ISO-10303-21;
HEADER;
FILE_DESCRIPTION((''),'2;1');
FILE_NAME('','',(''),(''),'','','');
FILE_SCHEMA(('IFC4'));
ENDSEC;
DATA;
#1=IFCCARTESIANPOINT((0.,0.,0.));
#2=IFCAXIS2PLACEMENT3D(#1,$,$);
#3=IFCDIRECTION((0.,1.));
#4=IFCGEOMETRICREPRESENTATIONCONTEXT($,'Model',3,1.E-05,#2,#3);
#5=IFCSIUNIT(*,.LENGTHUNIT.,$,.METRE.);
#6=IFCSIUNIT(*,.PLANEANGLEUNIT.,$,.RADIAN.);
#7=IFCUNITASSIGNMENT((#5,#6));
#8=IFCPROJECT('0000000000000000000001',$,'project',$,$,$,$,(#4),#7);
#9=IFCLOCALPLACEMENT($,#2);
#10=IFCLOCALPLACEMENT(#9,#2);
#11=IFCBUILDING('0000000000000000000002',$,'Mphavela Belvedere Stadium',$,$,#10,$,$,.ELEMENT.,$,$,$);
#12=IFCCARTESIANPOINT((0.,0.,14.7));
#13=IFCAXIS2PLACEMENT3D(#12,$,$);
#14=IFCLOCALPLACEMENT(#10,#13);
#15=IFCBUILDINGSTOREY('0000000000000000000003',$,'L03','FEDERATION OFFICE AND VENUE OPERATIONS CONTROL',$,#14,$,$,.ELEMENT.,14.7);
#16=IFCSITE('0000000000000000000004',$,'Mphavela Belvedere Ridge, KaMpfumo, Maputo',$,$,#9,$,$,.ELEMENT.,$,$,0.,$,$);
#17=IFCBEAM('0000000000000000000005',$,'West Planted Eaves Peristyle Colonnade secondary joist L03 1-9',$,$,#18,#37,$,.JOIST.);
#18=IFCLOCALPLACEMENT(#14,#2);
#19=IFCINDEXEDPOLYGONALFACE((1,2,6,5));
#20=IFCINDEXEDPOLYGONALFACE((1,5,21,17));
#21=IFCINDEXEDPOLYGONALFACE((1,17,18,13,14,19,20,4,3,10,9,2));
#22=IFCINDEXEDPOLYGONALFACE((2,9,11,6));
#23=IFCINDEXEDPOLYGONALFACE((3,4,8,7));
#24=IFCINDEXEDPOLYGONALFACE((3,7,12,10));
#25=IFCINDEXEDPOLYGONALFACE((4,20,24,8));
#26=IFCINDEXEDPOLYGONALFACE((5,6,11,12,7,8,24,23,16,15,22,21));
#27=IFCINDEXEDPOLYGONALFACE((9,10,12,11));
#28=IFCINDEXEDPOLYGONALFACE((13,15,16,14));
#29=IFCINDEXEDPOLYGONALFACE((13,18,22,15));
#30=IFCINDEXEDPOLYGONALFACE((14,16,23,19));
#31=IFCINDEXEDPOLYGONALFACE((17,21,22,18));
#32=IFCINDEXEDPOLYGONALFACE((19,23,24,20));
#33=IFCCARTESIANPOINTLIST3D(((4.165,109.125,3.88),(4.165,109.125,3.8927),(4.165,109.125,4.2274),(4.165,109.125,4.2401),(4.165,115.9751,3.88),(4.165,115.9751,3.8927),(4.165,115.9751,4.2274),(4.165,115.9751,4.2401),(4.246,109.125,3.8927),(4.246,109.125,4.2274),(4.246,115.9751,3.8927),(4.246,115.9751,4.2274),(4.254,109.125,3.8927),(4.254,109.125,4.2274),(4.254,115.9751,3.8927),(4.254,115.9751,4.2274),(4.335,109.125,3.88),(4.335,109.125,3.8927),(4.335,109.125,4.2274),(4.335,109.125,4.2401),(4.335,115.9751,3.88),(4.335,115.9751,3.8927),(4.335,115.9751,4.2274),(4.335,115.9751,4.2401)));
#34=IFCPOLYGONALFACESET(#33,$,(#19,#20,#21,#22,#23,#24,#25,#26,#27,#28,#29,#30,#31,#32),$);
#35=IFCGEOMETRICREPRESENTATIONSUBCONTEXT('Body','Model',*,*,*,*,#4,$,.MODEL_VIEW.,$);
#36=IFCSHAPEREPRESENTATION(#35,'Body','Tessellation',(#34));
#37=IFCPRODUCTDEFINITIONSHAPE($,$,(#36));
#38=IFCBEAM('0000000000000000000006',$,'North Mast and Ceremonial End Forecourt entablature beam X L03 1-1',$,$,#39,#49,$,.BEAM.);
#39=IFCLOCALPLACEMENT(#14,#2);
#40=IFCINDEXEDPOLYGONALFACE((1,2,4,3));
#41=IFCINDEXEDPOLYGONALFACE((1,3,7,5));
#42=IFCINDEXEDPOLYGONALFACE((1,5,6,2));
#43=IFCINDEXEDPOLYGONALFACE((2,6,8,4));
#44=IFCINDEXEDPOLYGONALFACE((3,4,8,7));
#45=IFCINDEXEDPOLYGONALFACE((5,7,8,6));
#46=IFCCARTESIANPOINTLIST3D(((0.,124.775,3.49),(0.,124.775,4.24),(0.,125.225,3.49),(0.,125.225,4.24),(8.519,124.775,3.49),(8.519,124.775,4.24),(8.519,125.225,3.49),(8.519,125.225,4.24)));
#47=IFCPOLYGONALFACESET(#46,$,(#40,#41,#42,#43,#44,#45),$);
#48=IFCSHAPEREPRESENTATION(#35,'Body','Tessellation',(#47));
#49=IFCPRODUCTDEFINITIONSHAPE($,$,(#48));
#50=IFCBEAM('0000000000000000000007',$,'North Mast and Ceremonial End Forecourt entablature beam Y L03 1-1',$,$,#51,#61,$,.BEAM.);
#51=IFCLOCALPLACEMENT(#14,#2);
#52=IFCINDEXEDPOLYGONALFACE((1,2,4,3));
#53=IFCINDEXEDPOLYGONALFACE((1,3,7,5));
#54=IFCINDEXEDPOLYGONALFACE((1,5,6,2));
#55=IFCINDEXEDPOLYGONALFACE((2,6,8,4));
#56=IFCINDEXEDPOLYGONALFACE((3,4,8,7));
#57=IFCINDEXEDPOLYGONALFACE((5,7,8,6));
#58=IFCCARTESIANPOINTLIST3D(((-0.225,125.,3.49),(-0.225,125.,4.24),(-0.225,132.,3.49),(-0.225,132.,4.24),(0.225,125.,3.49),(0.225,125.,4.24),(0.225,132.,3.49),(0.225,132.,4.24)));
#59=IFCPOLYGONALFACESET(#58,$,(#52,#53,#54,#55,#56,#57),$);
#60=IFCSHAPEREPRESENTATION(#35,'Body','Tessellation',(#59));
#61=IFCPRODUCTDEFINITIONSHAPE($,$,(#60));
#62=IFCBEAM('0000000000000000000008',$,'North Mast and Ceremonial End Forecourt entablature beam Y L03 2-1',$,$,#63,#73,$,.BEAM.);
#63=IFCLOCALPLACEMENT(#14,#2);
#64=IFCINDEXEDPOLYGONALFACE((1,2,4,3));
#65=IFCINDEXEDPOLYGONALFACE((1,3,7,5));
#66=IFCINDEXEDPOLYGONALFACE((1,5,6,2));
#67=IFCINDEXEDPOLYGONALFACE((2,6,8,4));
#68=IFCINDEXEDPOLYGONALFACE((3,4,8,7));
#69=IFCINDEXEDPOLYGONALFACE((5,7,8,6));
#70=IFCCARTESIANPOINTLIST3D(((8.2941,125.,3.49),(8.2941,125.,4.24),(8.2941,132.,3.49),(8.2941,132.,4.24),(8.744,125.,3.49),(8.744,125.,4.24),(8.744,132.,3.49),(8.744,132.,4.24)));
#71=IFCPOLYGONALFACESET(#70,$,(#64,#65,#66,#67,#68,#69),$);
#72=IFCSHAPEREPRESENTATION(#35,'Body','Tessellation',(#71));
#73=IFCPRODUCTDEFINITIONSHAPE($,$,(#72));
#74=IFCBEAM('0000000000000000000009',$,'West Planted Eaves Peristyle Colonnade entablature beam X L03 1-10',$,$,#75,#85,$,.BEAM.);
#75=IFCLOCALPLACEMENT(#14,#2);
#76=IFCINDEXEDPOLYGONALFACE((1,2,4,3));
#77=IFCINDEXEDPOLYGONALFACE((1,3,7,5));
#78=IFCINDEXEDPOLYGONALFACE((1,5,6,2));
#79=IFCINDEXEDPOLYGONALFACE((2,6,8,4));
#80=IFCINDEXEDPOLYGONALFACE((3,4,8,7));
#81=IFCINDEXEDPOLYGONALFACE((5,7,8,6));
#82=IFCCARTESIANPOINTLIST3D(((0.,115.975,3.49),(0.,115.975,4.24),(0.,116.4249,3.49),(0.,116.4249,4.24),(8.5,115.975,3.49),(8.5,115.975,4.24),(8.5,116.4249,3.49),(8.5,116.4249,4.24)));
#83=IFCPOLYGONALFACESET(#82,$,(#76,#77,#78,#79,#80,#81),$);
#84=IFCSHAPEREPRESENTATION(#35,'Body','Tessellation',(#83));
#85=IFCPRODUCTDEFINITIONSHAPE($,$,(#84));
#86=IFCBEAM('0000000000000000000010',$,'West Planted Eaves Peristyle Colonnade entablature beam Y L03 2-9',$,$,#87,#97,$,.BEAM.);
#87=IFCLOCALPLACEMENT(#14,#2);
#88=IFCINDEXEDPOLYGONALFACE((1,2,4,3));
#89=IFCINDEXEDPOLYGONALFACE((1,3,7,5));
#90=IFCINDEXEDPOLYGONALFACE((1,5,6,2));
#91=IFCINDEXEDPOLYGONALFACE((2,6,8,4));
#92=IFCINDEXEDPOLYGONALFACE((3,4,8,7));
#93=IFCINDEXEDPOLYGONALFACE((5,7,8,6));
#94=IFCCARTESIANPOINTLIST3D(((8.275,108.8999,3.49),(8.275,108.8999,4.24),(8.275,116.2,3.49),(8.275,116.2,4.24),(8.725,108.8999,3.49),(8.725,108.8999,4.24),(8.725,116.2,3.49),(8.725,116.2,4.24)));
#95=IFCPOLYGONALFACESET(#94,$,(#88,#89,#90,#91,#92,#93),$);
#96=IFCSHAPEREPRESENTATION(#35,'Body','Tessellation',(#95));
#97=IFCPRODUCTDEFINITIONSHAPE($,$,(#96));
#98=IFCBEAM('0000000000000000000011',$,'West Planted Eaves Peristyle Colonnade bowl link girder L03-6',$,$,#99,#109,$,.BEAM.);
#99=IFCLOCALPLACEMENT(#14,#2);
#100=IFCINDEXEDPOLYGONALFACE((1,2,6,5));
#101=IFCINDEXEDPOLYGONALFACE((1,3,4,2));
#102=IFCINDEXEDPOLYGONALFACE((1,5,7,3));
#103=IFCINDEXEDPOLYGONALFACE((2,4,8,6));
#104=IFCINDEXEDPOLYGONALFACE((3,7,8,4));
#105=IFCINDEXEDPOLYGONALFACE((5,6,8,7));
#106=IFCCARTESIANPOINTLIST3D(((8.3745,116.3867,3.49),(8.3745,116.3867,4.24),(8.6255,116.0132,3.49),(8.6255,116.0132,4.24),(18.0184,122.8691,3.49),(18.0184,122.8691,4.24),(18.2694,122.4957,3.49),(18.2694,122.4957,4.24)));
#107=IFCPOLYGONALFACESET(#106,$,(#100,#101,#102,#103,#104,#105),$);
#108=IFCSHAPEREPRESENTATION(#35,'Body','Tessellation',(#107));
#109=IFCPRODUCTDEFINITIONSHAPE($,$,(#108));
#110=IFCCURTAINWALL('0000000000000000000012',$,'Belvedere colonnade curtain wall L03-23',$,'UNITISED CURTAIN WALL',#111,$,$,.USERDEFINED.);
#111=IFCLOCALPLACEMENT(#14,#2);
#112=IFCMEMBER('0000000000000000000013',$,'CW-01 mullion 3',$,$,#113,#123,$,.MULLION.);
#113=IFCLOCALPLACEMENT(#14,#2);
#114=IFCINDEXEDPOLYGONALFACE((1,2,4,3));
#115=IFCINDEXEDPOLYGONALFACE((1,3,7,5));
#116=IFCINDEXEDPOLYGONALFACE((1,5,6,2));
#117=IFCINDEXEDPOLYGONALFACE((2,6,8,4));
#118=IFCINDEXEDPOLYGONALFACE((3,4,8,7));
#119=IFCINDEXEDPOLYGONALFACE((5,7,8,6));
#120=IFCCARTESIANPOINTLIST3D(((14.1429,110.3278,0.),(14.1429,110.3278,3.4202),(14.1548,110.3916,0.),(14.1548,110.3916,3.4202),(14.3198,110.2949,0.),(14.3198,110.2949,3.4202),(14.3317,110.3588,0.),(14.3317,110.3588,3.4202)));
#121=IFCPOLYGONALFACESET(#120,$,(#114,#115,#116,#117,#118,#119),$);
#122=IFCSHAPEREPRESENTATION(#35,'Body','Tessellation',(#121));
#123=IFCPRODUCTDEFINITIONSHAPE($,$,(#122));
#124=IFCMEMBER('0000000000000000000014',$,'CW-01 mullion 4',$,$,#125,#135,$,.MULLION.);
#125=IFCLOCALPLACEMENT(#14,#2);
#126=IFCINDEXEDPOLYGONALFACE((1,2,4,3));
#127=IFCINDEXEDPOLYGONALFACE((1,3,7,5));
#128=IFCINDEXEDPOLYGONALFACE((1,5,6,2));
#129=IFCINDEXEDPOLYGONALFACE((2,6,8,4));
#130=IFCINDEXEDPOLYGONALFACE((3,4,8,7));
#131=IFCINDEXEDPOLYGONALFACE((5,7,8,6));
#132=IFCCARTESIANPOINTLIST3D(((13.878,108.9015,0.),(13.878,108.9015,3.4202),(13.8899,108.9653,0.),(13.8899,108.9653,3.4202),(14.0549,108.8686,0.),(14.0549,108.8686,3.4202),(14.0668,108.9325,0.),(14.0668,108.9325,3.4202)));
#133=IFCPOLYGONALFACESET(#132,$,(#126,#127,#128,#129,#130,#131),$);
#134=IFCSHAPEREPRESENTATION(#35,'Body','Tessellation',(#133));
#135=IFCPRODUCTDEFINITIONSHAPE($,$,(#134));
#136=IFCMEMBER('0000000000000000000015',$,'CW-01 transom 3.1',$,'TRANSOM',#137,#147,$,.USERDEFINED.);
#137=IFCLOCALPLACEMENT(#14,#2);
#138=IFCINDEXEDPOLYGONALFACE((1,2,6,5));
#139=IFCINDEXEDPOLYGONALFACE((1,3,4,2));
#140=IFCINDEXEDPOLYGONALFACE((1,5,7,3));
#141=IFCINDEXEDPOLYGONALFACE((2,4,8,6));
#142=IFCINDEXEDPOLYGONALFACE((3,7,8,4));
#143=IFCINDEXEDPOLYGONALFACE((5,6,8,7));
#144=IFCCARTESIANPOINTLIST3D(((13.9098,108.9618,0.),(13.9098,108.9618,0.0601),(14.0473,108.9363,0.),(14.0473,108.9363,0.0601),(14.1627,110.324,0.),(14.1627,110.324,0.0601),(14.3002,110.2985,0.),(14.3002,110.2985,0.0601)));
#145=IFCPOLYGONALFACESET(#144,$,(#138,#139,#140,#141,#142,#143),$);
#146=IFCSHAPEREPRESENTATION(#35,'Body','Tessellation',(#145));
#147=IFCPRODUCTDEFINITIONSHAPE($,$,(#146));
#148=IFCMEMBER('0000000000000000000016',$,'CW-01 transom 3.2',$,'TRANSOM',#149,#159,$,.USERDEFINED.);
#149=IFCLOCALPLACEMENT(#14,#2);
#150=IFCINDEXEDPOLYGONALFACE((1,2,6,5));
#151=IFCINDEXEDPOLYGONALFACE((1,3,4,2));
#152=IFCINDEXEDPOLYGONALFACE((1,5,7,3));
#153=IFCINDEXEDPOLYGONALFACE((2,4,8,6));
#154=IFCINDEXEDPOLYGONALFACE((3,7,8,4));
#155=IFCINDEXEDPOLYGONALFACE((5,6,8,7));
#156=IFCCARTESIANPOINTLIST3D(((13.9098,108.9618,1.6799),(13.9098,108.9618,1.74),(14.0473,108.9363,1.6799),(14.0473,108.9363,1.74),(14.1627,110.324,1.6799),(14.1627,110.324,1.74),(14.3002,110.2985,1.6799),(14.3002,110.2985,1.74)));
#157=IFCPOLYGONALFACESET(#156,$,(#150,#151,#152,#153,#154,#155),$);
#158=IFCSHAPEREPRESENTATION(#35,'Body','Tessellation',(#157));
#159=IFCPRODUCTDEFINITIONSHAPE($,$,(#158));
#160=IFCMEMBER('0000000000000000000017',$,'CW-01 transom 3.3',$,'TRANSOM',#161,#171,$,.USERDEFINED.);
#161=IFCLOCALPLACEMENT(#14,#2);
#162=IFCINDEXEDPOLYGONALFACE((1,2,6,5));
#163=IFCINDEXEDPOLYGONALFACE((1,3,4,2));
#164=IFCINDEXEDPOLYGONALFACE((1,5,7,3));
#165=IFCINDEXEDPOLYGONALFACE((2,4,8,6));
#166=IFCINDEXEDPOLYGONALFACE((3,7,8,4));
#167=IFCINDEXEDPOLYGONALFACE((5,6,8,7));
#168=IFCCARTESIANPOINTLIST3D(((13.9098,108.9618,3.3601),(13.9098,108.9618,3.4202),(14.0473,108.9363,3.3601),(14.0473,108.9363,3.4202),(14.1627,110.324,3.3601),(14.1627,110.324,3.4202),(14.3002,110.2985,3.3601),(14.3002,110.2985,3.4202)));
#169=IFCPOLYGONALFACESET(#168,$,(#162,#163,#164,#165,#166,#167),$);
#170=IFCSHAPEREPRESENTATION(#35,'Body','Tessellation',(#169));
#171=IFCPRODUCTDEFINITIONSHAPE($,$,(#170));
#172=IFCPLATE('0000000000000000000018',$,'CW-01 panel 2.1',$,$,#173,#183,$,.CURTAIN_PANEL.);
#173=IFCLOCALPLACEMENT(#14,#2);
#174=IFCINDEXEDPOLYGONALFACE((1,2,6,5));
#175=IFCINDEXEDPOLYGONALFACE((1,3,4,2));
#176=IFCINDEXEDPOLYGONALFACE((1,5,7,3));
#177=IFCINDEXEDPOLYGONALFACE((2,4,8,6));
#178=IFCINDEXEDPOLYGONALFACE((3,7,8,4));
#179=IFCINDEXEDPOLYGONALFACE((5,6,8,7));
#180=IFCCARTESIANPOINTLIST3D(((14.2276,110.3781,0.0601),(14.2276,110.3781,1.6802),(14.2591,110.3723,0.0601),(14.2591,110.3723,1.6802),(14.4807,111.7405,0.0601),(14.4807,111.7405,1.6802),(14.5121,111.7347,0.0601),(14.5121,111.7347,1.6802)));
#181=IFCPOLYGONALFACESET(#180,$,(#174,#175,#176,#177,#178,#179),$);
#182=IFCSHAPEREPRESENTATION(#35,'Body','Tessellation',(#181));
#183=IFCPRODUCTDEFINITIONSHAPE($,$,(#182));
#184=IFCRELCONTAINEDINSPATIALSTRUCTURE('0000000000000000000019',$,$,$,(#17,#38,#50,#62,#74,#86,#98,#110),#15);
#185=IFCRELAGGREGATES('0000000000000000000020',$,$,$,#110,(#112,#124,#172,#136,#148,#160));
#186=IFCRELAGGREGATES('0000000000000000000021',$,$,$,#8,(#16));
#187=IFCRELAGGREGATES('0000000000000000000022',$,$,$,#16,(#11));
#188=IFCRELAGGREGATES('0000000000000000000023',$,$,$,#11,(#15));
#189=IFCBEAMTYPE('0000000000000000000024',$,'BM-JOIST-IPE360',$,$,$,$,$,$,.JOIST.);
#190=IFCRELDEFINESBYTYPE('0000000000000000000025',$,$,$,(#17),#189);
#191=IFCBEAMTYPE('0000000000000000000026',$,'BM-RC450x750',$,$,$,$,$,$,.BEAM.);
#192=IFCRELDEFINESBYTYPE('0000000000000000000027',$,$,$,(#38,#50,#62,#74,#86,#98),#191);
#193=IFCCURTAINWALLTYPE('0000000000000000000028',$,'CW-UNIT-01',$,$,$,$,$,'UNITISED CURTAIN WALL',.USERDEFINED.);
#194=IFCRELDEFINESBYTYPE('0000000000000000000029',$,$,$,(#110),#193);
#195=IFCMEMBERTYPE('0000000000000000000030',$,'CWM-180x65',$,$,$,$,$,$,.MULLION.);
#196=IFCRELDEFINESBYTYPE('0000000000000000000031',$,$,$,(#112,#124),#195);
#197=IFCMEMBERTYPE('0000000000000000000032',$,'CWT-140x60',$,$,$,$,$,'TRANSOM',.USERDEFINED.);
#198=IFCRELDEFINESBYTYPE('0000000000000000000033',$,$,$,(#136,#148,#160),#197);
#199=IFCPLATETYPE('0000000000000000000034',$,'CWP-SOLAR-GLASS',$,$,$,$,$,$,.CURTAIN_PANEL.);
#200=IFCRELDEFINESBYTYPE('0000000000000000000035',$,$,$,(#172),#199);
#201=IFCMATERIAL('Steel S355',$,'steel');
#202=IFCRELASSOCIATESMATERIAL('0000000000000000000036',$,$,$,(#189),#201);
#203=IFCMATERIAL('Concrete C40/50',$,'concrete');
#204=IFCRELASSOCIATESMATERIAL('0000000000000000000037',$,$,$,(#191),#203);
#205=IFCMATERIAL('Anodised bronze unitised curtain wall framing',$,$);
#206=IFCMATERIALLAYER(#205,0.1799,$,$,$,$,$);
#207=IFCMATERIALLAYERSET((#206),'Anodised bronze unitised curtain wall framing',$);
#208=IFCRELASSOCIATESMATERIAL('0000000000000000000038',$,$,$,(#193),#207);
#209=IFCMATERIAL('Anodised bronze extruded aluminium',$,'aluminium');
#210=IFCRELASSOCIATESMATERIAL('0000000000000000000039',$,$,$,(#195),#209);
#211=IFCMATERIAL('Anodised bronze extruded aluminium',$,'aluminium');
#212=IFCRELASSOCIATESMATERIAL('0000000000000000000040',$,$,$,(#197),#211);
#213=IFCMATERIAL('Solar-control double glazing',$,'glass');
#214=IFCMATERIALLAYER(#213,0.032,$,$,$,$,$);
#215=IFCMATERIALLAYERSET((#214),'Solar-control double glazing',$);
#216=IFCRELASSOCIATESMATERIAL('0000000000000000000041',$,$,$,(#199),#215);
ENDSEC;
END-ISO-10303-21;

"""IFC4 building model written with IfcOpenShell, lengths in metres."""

from ifc_helpers import new_model, si_unit, direction, frame, origin, origin_2d, place, context, subcontext, project, spatial, rectangle, i_section, extrude, material, layer, layer_set, material_profile, profile_set, type_object, element, aggregate, save


model = new_model("IFC4")

# Units and contexts
model_context = context("Model", 3, precision=1e-05, world=origin(), true_north=direction((0.0, 1.0)))
body_context = subcontext(model_context, "Body", "Model", "MODEL_VIEW")
ifc_project = project(units=[si_unit("LENGTHUNIT", "METRE"), si_unit("PLANEANGLEUNIT", "RADIAN")], contexts=[model_context])

# Site, building, storey
site_placement = place(None, origin())
site = spatial("IfcSite", under=ifc_project, at=site_placement, Name="Mphavela Belvedere Ridge, KaMpfumo, Maputo", CompositionType="ELEMENT", RefElevation=0.0)
building_placement = place(site_placement, origin())
building = spatial("IfcBuilding", under=site, at=building_placement, Name="Mphavela Belvedere Stadium", CompositionType="ELEMENT")
storey_placement = place(building_placement, frame((0.0, 0.0, 14.7)))
storey = spatial("IfcBuildingStorey", under=building, at=storey_placement, Name="L03", Description="FEDERATION OFFICE AND VENUE OPERATIONS CONTROL", CompositionType="ELEMENT", Elevation=14.7)

# Beams
ifc_material_1 = material(Name="Steel S355", Category="steel")
ifc_material_profile_1 = material_profile(ifc_material_1, i_section(OverallWidth=0.1699, OverallDepth=0.3601, WebThickness=0.0081, FlangeThickness=0.0127, at=origin_2d()), Name="IPE 360")
ifc_profile_set_1 = profile_set([ifc_material_profile_1], Name="Steel S355")
beam_type_1 = type_object("IfcBeamType", Name="BM-JOIST-IPE360", PredefinedType="JOIST", material=ifc_profile_set_1)
beam_1_placement = place(storey_placement, frame((4.25, 109.125, 4.0601), z_axis=(0.0, 1.0, 0.0), x_axis=(-1.0, 0.0, 0.0)))
element("IfcBeam", 1, at=beam_1_placement, inside=storey, type_object=beam_type_1, Name="West Planted Eaves Peristyle Colonnade secondary joist L03 1-9", PredefinedType="JOIST", context=body_context, shape_type="SweptSolid", body=[
    extrude(i_section(OverallWidth=0.1699, OverallDepth=0.3601, WebThickness=0.0081, FlangeThickness=0.0127, at=origin_2d()), origin(), (0.0, 0.0, 1.0), 6.8501),
])
ifc_material_2 = material(Name="Concrete C40/50", Category="concrete")
ifc_material_profile_2 = material_profile(ifc_material_2, rectangle(XDim=0.45, YDim=0.75, at=origin_2d()), Name="RC 450x750")
ifc_profile_set_2 = profile_set([ifc_material_profile_2], Name="Concrete C40/50")
beam_type_2 = type_object("IfcBeamType", Name="BM-RC450x750", PredefinedType="BEAM", material=ifc_profile_set_2)
beam_2_placement = place(storey_placement, frame((0.0, 125.0, 3.865), z_axis=(1.0, 0.0, 0.0), x_axis=(0.0, 1.0, 0.0)))
element("IfcBeam", 2, at=beam_2_placement, inside=storey, type_object=beam_type_2, Name="North Mast and Ceremonial End Forecourt entablature beam X L03 1-1", PredefinedType="BEAM", context=body_context, shape_type="SweptSolid", body=[
    extrude(rectangle(XDim=0.45, YDim=0.75, at=origin_2d()), origin(), (0.0, 0.0, 1.0), 8.519),
])
for number, where, z_axis, x_axis, name in (
    (3, (0.0, 125.0, 3.865), (0.0, 1.0, 0.0), (-1.0, 0.0, 0.0), "North Mast and Ceremonial End Forecourt entablature beam Y L03 1-1"),
    (4, (8.519, 125.0, 3.865), (0.0, 1.0, 0.0), (-1.0, 0.0, 0.0), "North Mast and Ceremonial End Forecourt entablature beam Y L03 2-1"),
):
    element("IfcBeam", number, at=place(storey_placement, frame(where, z_axis=z_axis, x_axis=x_axis)), inside=storey, type_object=beam_type_2, Name=name, PredefinedType="BEAM", context=body_context, shape_type="SweptSolid", body=[
        extrude(rectangle(XDim=0.45, YDim=0.75, at=origin_2d()), origin(), (0.0, 0.0, 1.0), 7.0),
    ])
beam_3_placement = place(storey_placement, frame((0.0, 116.2, 3.865), z_axis=(1.0, 0.0, 0.0), x_axis=(0.0, 1.0, 0.0)))
element("IfcBeam", 5, at=beam_3_placement, inside=storey, type_object=beam_type_2, Name="West Planted Eaves Peristyle Colonnade entablature beam X L03 1-10", PredefinedType="BEAM", context=body_context, shape_type="SweptSolid", body=[
    extrude(rectangle(XDim=0.45, YDim=0.75, at=origin_2d()), origin(), (0.0, 0.0, 1.0), 8.5),
])
beam_4_placement = place(storey_placement, frame((8.5, 108.8999, 3.865), z_axis=(0.0, 1.0, 0.0), x_axis=(-1.0, 0.0, 0.0)))
element("IfcBeam", 6, at=beam_4_placement, inside=storey, type_object=beam_type_2, Name="West Planted Eaves Peristyle Colonnade entablature beam Y L03 2-9", PredefinedType="BEAM", context=body_context, shape_type="SweptSolid", body=[
    extrude(rectangle(XDim=0.45, YDim=0.75, at=origin_2d()), origin(), (0.0, 0.0, 1.0), 7.3),
])
beam_5_placement = place(storey_placement, frame((8.5, 116.2, 3.865), z_axis=(0.82993, 0.557867, 0.0), x_axis=(-0.557867, 0.82993, 0.0)))
element("IfcBeam", 7, at=beam_5_placement, inside=storey, type_object=beam_type_2, Name="West Planted Eaves Peristyle Colonnade bowl link girder L03-6", PredefinedType="BEAM", context=body_context, shape_type="SweptSolid", body=[
    extrude(rectangle(XDim=0.45, YDim=0.75, at=origin_2d()), origin(), (0.0, 0.0, 1.0), 11.6201),
])

# Curtain wall, members, plate
ifc_material_3 = material(Name="Anodised bronze unitised curtain wall framing")
ifc_layer_1 = layer(ifc_material_3, 0.1799)
ifc_layer_set_1 = layer_set([ifc_layer_1], Name="Anodised bronze unitised curtain wall framing")
curtain_wall_type = type_object("IfcCurtainWallType", Name="CW-UNIT-01", ElementType="UNITISED CURTAIN WALL", PredefinedType="USERDEFINED", material=ifc_layer_set_1)
curtain_wall_placement = place(storey_placement, origin())
curtain_wall = element("IfcCurtainWall", 8, at=curtain_wall_placement, inside=storey, type_object=curtain_wall_type, Name="Belvedere colonnade curtain wall L03-23", ObjectType="UNITISED CURTAIN WALL", PredefinedType="USERDEFINED")
ifc_material_4 = material(Name="Anodised bronze extruded aluminium", Category="aluminium")
ifc_material_profile_3 = material_profile(ifc_material_4, rectangle(XDim=0.1799, YDim=0.0649, at=origin_2d()), Name="CW-MUL 180x65")
ifc_profile_set_3 = profile_set([ifc_material_profile_3], Name="Anodised bronze extruded aluminium")
member_type_1 = type_object("IfcMemberType", Name="CWM-180x65", PredefinedType="MULLION", material=ifc_profile_set_3)
member_1_placement = place(storey_placement, frame((14.2373, 110.3433, 0.0), z_axis=(0.0, 0.0, 1.0), x_axis=(0.983181, -0.182631, 0.0)))
member_1 = element("IfcMember", 9, at=member_1_placement, type_object=member_type_1, Name="CW-01 mullion 3", PredefinedType="MULLION", context=body_context, shape_type="SweptSolid", body=[
    extrude(rectangle(XDim=0.1799, YDim=0.0649, at=origin_2d()), origin(), (0.0, 0.0, 1.0), 3.4202),
])
member_2_placement = place(storey_placement, frame((13.9724, 108.917, 0.0), z_axis=(0.0, 0.0, 1.0), x_axis=(0.983181, -0.182631, 0.0)))
member_2 = element("IfcMember", 10, at=member_2_placement, type_object=member_type_1, Name="CW-01 mullion 4", PredefinedType="MULLION", context=body_context, shape_type="SweptSolid", body=[
    extrude(rectangle(XDim=0.1799, YDim=0.0649, at=origin_2d()), origin(), (0.0, 0.0, 1.0), 3.4202),
])
ifc_material_5 = material(Name="Anodised bronze extruded aluminium", Category="aluminium")
ifc_material_profile_4 = material_profile(ifc_material_5, rectangle(XDim=0.1399, YDim=0.0601, at=origin_2d()), Name="CW-TRN 140x60")
ifc_profile_set_4 = profile_set([ifc_material_profile_4], Name="Anodised bronze extruded aluminium")
member_type_2 = type_object("IfcMemberType", Name="CWT-140x60", ElementType="TRANSOM", PredefinedType="USERDEFINED", material=ifc_profile_set_4)
member_3_placement = place(storey_placement, frame((14.2314, 110.3113, 0.03), z_axis=(-0.182544, -0.983198, 0.0), x_axis=(0.983198, -0.182544, 0.0)))
member_3 = element("IfcMember", 11, at=member_3_placement, type_object=member_type_2, Name="CW-01 transom 3.1", ObjectType="TRANSOM", PredefinedType="USERDEFINED", context=body_context, shape_type="SweptSolid", body=[
    extrude(rectangle(XDim=0.1399, YDim=0.0601, at=origin_2d()), origin(), (0.0, 0.0, 1.0), 1.3855),
])
member_4_placement = place(storey_placement, frame((14.2314, 110.3113, 1.71), z_axis=(-0.182544, -0.983198, 0.0), x_axis=(0.983198, -0.182544, 0.0)))
member_4 = element("IfcMember", 12, at=member_4_placement, type_object=member_type_2, Name="CW-01 transom 3.2", ObjectType="TRANSOM", PredefinedType="USERDEFINED", context=body_context, shape_type="SweptSolid", body=[
    extrude(rectangle(XDim=0.1399, YDim=0.0601, at=origin_2d()), origin(), (0.0, 0.0, 1.0), 1.3855),
])
member_5_placement = place(storey_placement, frame((14.2314, 110.3113, 3.3901), z_axis=(-0.182544, -0.983198, 0.0), x_axis=(0.983198, -0.182544, 0.0)))
member_5 = element("IfcMember", 13, at=member_5_placement, type_object=member_type_2, Name="CW-01 transom 3.3", ObjectType="TRANSOM", PredefinedType="USERDEFINED", context=body_context, shape_type="SweptSolid", body=[
    extrude(rectangle(XDim=0.1399, YDim=0.0601, at=origin_2d()), origin(), (0.0, 0.0, 1.0), 1.3855),
])
ifc_material_6 = material(Name="Solar-control double glazing", Category="glass")
ifc_layer_2 = layer(ifc_material_6, 0.032)
ifc_layer_set_2 = layer_set([ifc_layer_2], Name="Solar-control double glazing")
plate_type = type_object("IfcPlateType", Name="CWP-SOLAR-GLASS", PredefinedType="CURTAIN_PANEL", material=ifc_layer_set_2)
plate_1_placement = place(storey_placement, frame((14.3699, 111.0564, 0.0601), z_axis=(0.0, 0.0, 1.0), x_axis=(-0.182631, -0.983181, 0.0)))
plate_1 = element("IfcPlate", 14, at=plate_1_placement, type_object=plate_type, Name="CW-01 panel 2.1", PredefinedType="CURTAIN_PANEL", context=body_context, shape_type="SweptSolid", body=[
    extrude(rectangle(XDim=1.3857, YDim=0.032, at=origin_2d()), origin(), (0.0, 0.0, 1.0), 1.6201),
])
aggregate(curtain_wall, [member_1, member_2, plate_1, member_3, member_4, member_5])

save(model, "model.ifc")
